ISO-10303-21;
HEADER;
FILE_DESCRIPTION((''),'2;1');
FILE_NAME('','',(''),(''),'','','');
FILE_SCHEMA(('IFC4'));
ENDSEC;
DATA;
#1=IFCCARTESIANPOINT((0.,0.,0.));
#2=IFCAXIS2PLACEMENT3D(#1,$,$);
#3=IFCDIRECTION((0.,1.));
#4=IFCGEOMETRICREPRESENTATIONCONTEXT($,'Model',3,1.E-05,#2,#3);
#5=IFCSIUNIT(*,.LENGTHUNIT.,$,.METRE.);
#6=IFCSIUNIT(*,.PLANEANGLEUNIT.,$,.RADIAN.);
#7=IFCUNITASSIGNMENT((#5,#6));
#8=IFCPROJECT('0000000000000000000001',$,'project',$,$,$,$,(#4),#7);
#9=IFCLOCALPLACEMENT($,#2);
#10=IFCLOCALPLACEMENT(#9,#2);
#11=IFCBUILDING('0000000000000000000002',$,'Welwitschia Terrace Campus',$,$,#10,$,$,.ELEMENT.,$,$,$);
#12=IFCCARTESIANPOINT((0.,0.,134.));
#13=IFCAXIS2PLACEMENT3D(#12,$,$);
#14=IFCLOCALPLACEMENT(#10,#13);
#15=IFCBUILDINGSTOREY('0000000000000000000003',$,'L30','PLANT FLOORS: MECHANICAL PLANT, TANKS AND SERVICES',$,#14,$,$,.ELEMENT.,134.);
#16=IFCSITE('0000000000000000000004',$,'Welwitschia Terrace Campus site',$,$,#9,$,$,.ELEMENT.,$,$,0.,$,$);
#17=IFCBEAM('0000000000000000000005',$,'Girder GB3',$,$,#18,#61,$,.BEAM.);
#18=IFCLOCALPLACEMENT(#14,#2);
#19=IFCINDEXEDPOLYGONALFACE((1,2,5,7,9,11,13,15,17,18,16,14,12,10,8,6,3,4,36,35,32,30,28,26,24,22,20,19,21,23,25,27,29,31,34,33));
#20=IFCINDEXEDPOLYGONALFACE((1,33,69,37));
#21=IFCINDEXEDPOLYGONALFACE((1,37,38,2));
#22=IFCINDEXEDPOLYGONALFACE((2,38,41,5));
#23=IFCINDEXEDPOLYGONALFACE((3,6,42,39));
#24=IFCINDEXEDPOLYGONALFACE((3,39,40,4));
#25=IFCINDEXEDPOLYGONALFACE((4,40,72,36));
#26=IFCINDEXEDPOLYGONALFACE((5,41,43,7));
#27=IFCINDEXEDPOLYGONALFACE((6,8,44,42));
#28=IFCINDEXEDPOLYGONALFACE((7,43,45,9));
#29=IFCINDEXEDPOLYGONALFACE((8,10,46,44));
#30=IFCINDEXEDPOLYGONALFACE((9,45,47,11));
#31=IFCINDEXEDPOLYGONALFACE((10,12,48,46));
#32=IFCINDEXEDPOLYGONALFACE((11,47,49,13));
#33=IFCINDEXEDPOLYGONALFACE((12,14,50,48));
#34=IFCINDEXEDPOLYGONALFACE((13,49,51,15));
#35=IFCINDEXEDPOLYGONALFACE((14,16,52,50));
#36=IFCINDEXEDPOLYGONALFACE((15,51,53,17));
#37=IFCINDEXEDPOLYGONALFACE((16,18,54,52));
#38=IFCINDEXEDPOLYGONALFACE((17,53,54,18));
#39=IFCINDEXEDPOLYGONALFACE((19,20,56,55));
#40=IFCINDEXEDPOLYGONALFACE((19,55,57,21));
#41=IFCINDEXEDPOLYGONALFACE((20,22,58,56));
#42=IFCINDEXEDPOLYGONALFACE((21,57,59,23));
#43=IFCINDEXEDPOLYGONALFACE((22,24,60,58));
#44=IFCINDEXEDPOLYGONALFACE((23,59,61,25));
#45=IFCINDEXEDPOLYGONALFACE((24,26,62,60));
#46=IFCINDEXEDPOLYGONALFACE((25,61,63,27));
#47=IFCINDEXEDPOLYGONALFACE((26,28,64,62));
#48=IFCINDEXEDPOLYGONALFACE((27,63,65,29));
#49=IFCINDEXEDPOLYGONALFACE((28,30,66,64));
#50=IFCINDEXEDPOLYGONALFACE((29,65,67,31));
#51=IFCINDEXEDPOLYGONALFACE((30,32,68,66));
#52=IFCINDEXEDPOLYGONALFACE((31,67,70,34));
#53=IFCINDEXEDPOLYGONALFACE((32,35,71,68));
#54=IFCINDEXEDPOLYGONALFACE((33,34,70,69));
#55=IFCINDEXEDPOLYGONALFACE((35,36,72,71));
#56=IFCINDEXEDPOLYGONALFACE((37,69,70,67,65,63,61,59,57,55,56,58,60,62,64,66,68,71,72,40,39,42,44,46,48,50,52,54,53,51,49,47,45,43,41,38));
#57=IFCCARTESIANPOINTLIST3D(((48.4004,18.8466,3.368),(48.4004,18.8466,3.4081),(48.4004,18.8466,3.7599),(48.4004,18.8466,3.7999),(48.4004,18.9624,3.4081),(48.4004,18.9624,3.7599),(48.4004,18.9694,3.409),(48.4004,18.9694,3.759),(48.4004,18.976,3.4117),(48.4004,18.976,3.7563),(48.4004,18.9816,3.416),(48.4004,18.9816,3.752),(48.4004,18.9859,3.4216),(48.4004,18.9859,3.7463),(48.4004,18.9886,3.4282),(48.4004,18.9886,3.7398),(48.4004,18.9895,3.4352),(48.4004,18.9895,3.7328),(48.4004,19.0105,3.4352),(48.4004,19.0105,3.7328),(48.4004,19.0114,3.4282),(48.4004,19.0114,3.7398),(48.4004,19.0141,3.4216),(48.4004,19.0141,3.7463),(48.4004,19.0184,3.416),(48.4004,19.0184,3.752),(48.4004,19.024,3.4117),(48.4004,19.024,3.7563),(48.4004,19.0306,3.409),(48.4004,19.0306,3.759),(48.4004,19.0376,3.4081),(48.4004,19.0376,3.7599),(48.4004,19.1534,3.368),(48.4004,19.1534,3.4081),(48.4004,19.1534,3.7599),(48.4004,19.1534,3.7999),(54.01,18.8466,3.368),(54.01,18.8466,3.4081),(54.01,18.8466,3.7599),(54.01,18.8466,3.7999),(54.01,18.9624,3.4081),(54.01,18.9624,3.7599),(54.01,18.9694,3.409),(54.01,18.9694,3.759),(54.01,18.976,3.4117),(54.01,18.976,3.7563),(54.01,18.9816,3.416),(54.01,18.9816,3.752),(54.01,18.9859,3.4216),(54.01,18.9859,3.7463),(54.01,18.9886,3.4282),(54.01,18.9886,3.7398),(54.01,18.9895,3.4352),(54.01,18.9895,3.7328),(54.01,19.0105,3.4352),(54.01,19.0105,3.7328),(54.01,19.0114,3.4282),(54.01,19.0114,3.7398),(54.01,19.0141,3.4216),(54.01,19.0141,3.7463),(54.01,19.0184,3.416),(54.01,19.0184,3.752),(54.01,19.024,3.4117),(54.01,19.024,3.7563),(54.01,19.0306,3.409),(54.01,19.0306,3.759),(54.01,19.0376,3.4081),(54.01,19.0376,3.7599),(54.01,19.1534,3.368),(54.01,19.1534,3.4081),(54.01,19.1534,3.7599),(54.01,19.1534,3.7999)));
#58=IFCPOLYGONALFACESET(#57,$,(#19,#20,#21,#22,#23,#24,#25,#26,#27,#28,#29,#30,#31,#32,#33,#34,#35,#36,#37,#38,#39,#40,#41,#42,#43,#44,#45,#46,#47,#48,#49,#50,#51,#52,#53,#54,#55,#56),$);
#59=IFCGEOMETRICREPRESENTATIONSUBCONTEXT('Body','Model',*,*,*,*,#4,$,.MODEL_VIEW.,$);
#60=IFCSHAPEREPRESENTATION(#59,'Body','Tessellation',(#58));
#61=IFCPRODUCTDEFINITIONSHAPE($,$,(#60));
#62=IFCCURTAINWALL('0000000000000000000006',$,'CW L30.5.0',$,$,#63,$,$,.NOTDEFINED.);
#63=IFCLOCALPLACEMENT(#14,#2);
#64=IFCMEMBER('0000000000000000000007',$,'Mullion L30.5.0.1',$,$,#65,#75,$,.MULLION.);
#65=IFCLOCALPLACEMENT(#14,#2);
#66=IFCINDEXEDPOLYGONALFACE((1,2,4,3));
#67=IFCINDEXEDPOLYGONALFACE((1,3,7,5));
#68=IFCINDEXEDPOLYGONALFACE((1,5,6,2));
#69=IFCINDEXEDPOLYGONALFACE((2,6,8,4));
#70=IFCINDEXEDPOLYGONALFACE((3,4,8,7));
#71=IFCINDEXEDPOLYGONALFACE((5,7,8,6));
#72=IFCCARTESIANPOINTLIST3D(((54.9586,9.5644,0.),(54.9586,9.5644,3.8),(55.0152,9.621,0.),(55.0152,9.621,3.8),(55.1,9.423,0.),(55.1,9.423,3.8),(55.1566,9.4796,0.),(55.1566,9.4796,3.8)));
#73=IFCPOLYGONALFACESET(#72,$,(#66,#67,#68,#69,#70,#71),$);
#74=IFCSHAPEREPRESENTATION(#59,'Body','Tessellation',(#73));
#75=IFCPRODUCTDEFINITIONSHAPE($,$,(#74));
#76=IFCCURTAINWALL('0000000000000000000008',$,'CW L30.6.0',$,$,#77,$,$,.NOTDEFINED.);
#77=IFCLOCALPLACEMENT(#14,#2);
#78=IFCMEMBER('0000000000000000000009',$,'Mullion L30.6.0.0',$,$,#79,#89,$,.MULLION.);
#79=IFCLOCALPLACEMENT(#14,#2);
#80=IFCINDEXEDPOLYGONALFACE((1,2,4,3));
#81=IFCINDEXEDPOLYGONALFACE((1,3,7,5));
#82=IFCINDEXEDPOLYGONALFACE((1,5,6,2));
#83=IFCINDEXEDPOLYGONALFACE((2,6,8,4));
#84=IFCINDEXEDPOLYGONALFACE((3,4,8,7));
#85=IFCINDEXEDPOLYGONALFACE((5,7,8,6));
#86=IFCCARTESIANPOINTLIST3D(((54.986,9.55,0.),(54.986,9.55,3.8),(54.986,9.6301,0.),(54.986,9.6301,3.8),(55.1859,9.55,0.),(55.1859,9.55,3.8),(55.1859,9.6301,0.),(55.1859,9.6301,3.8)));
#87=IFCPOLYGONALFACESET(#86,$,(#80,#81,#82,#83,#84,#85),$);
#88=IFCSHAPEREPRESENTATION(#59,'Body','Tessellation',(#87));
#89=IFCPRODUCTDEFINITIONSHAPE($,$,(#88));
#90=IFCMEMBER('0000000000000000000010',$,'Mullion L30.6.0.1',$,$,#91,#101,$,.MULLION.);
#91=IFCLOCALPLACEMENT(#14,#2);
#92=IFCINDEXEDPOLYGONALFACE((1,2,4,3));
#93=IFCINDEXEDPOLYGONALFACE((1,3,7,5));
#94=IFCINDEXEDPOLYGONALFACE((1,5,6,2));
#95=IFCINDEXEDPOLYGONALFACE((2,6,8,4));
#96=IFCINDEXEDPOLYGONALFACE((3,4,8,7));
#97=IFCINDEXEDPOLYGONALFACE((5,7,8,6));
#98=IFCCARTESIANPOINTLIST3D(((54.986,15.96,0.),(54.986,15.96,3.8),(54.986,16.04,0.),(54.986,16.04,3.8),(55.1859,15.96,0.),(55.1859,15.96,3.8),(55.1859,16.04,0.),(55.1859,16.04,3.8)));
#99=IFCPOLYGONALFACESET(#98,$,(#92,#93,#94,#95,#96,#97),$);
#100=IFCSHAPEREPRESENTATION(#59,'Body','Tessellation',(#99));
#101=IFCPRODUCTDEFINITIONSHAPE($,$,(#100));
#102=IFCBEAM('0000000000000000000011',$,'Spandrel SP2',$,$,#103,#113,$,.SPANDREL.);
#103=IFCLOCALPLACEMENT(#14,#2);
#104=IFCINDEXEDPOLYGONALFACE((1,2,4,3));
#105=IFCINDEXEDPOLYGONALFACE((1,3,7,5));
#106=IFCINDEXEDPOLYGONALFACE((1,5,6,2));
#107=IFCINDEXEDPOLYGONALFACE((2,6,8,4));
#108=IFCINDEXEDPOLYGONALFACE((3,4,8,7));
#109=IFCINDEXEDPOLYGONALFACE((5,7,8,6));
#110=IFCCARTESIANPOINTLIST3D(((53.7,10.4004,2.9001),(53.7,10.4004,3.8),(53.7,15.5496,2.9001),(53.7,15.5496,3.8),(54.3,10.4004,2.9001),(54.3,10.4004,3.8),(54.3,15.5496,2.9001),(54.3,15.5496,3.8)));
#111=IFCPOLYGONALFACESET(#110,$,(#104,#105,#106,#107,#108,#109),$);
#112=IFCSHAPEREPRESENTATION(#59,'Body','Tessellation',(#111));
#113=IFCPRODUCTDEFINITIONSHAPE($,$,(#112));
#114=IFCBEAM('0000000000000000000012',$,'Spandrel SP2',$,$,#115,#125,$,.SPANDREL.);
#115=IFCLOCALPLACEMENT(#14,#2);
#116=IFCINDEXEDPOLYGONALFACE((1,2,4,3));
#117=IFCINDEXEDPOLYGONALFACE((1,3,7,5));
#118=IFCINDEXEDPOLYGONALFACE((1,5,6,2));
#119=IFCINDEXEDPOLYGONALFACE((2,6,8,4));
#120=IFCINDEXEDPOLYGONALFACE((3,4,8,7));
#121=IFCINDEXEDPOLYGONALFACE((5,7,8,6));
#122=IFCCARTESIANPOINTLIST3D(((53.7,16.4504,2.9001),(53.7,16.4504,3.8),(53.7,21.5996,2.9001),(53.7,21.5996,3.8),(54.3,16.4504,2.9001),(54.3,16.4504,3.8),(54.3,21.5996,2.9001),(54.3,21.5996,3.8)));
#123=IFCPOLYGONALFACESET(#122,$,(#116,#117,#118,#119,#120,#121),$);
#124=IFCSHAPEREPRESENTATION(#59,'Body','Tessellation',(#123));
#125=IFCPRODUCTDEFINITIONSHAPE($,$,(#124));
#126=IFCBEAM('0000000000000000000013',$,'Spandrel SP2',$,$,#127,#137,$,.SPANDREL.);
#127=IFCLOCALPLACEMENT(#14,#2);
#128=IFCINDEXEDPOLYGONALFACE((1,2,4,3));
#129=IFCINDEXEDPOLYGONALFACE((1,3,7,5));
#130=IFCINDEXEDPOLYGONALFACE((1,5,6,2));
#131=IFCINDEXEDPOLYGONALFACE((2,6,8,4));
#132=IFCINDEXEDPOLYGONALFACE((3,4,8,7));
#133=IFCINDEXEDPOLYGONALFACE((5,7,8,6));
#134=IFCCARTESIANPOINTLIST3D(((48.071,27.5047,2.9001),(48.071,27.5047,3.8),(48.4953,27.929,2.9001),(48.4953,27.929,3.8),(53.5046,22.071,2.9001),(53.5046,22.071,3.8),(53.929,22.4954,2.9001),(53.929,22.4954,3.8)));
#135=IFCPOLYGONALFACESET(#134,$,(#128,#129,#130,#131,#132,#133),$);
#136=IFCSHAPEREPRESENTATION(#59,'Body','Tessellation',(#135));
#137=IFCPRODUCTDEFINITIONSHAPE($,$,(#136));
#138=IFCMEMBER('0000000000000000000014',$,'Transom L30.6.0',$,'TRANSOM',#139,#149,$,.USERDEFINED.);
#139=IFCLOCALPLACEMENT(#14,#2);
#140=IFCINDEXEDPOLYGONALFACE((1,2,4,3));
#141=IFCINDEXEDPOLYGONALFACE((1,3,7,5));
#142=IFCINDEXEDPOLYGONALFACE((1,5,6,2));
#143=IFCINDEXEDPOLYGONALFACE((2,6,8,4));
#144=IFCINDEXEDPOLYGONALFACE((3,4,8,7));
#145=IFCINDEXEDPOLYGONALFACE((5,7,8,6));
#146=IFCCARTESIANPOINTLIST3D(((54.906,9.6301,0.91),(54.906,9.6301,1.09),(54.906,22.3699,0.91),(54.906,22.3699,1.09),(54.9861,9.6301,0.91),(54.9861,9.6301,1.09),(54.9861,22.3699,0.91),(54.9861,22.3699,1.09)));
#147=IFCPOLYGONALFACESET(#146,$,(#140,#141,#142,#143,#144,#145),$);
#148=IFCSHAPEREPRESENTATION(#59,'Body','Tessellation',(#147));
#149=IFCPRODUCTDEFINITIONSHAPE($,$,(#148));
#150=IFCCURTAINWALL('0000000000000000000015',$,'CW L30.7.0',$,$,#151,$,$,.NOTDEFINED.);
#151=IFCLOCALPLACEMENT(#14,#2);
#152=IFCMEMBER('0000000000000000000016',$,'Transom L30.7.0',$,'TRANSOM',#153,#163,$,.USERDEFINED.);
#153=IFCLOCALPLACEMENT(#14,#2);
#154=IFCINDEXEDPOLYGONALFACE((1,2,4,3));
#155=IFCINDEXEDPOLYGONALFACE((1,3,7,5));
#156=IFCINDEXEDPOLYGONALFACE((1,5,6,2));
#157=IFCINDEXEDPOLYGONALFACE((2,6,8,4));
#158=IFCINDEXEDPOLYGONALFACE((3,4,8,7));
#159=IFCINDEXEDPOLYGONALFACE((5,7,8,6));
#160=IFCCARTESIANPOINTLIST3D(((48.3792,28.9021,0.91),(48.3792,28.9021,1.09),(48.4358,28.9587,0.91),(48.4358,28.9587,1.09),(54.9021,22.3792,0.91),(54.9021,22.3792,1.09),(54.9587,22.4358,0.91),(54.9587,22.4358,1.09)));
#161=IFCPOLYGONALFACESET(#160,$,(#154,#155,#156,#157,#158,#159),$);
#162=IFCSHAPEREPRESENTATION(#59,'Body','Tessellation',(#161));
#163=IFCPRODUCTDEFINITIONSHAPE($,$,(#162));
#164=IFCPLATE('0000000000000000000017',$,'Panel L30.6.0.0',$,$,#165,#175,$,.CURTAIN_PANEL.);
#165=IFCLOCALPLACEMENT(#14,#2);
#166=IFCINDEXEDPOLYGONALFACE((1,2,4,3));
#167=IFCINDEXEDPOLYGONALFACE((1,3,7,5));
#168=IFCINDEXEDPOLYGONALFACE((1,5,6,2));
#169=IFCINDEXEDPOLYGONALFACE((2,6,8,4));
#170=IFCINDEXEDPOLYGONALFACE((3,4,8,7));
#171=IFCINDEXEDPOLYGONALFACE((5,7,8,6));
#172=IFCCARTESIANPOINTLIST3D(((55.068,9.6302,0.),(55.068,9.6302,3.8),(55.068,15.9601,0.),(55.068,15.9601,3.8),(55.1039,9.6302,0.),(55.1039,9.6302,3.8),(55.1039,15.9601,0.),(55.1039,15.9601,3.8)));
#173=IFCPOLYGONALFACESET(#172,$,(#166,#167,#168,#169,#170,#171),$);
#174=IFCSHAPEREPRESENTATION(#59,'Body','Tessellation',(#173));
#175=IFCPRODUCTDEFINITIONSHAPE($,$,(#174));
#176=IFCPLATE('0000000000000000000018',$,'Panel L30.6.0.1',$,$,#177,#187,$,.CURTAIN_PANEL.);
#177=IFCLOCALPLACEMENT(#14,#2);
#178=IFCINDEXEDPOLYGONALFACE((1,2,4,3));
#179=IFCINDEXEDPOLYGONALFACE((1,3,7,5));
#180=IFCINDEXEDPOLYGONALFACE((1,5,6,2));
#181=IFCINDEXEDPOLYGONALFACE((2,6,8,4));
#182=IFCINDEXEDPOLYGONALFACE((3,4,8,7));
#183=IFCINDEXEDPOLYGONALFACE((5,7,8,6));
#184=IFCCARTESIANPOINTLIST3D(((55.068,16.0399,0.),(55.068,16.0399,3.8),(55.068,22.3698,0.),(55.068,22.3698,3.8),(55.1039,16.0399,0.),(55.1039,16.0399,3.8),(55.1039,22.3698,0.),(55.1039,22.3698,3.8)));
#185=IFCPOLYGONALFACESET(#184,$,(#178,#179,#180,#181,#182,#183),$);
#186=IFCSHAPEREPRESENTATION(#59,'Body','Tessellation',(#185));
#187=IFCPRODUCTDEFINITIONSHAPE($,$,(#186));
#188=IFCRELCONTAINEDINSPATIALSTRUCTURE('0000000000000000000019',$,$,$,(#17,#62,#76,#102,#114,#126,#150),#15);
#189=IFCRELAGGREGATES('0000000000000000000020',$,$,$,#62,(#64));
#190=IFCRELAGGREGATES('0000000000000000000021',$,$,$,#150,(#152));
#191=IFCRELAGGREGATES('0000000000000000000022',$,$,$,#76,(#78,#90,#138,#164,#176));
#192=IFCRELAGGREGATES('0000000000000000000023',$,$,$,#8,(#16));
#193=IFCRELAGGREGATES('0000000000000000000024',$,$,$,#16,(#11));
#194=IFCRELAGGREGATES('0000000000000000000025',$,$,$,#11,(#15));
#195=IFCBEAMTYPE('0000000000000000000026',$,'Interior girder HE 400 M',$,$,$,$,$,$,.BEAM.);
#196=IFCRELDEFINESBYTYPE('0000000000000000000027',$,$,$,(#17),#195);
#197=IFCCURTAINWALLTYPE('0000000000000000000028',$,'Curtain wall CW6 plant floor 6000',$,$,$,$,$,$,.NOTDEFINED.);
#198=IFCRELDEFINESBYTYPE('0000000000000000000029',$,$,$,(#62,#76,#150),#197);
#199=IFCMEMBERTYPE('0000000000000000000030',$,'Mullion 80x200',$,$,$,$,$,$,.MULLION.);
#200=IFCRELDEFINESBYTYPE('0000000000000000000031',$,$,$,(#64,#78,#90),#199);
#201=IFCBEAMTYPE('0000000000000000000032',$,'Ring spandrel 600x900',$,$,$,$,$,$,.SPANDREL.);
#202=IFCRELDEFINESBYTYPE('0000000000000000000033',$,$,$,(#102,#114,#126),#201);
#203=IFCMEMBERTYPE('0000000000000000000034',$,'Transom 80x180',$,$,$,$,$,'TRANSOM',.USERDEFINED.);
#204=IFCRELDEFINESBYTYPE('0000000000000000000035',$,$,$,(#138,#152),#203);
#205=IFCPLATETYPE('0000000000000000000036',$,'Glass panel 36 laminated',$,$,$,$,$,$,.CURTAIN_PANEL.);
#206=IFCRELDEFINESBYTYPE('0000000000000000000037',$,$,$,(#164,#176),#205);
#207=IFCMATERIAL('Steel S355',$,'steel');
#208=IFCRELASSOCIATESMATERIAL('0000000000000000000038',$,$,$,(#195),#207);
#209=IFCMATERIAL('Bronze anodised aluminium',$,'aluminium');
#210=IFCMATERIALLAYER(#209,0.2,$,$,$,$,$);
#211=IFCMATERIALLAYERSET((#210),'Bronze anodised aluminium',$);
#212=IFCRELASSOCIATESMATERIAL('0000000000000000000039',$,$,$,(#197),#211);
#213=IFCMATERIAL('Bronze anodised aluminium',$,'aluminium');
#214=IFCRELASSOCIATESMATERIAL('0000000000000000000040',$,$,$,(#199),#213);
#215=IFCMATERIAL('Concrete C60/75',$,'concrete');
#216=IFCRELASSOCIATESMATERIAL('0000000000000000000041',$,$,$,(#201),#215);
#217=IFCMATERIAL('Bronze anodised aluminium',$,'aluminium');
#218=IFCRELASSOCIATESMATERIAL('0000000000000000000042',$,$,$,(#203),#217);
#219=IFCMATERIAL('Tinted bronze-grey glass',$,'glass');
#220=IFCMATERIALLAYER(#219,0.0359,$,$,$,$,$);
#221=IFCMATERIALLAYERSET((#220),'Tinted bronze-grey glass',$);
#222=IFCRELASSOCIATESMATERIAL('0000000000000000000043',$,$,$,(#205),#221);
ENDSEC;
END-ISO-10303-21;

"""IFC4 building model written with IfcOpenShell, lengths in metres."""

from ifc_helpers import new_model, si_unit, direction, frame, origin, origin_2d, place, context, subcontext, project, spatial, rectangle, i_section, extrude, material, layer, layer_set, material_profile, profile_set, type_object, element, aggregate, save


model = new_model("IFC4")

# Units and contexts
model_context = context("Model", 3, precision=1e-05, world=origin(), true_north=direction((0.0, 1.0)))
body_context = subcontext(model_context, "Body", "Model", "MODEL_VIEW")
ifc_project = project(units=[si_unit("LENGTHUNIT", "METRE"), si_unit("PLANEANGLEUNIT", "RADIAN")], contexts=[model_context])

# Site, building, storey
site_placement = place(None, origin())
site = spatial("IfcSite", under=ifc_project, at=site_placement, Name="Welwitschia Terrace Campus site", CompositionType="ELEMENT", RefElevation=0.0)
building_placement = place(site_placement, origin())
building = spatial("IfcBuilding", under=site, at=building_placement, Name="Welwitschia Terrace Campus", CompositionType="ELEMENT")
storey_placement = place(building_placement, frame((0.0, 0.0, 134.0)))
storey = spatial("IfcBuildingStorey", under=building, at=storey_placement, Name="L30", Description="PLANT FLOORS: MECHANICAL PLANT, TANKS AND SERVICES", CompositionType="ELEMENT", Elevation=134.0)

# Beam
ifc_material_1 = material(Name="Steel S355", Category="steel")
ifc_material_profile_1 = material_profile(ifc_material_1, i_section(OverallWidth=0.3069, OverallDepth=0.4319, WebThickness=0.021, FlangeThickness=0.04, FilletRadius=0.0271, at=origin_2d()))
ifc_profile_set_1 = profile_set([ifc_material_profile_1], Name="Steel S355")
beam_type_1 = type_object("IfcBeamType", Name="Interior girder HE 400 M", PredefinedType="BEAM", material=ifc_profile_set_1)
for number, where, z_axis, x_axis, name in (
    (1, (48.4004, 19.0, 3.584), (1.0, 0.0, 0.0), (0.0, 1.0, 0.0), "Girder GB3"),
):
    element("IfcBeam", number, at=place(storey_placement, frame(where, z_axis=z_axis, x_axis=x_axis)), inside=storey, type_object=beam_type_1, Name=name, PredefinedType="BEAM", context=body_context, shape_type="SweptSolid", body=[
        extrude(i_section(OverallWidth=0.3069, OverallDepth=0.4319, WebThickness=0.021, FlangeThickness=0.04, FilletRadius=0.0271, at=origin_2d()), origin(), (0.0, 0.0, 1.0), 5.6096),
    ])

# Curtain wall, member
ifc_material_2 = material(Name="Bronze anodised aluminium", Category="aluminium")
ifc_layer_1 = layer(ifc_material_2, 0.2)
ifc_layer_set_1 = layer_set([ifc_layer_1], Name="Bronze anodised aluminium")
curtain_wall_type = type_object("IfcCurtainWallType", Name="Curtain wall CW6 plant floor 6000", PredefinedType="NOTDEFINED", material=ifc_layer_set_1)
curtain_wall_1_placement = place(storey_placement, origin())
curtain_wall_1 = element("IfcCurtainWall", 2, at=curtain_wall_1_placement, inside=storey, type_object=curtain_wall_type, Name="CW L30.5.0", PredefinedType="NOTDEFINED")
ifc_material_3 = material(Name="Bronze anodised aluminium", Category="aluminium")
ifc_material_profile_2 = material_profile(ifc_material_3, rectangle(XDim=0.2, YDim=0.0801, at=origin_2d()))
ifc_profile_set_2 = profile_set([ifc_material_profile_2], Name="Bronze anodised aluminium")
member_type_1 = type_object("IfcMemberType", Name="Mullion 80x200", PredefinedType="MULLION", material=ifc_profile_set_2)
member_1_placement = place(storey_placement, frame((55.0576, 9.522, 0.0), z_axis=(0.0, 0.0, 1.0), x_axis=(-0.707107, 0.707107, 0.0)))
member_1 = element("IfcMember", 3, at=member_1_placement, type_object=member_type_1, Name="Mullion L30.5.0.1", PredefinedType="MULLION", context=body_context, shape_type="SweptSolid", body=[
    extrude(rectangle(XDim=0.2, YDim=0.0801, at=origin_2d()), origin(), (0.0, 0.0, 1.0), 3.8),
])
aggregate(curtain_wall_1, [member_1])

# Curtain wall, members
curtain_wall_2_placement = place(storey_placement, origin())
curtain_wall_2 = element("IfcCurtainWall", 4, at=curtain_wall_2_placement, inside=storey, type_object=curtain_wall_type, Name="CW L30.6.0", PredefinedType="NOTDEFINED")
member_2_placement = place(storey_placement, frame((55.0859, 9.5901, 0.0), z_axis=(0.0, 0.0, 1.0), x_axis=(-1.0, 0.0, 0.0)))
member_2 = element("IfcMember", 5, at=member_2_placement, type_object=member_type_1, Name="Mullion L30.6.0.0", PredefinedType="MULLION", context=body_context, shape_type="SweptSolid", body=[
    extrude(rectangle(XDim=0.2, YDim=0.0801, at=origin_2d()), origin(), (0.0, 0.0, 1.0), 3.8),
])
member_3_placement = place(storey_placement, frame((55.0859, 16.0, 0.0), z_axis=(0.0, 0.0, 1.0), x_axis=(-1.0, 0.0, 0.0)))
member_3 = element("IfcMember", 6, at=member_3_placement, type_object=member_type_1, Name="Mullion L30.6.0.1", PredefinedType="MULLION", context=body_context, shape_type="SweptSolid", body=[
    extrude(rectangle(XDim=0.2, YDim=0.0801, at=origin_2d()), origin(), (0.0, 0.0, 1.0), 3.8),
])

# Beams
ifc_material_4 = material(Name="Concrete C60/75", Category="concrete")
ifc_material_profile_3 = material_profile(ifc_material_4, rectangle(XDim=0.6001, YDim=0.8999, at=origin_2d()))
ifc_profile_set_3 = profile_set([ifc_material_profile_3], Name="Concrete C60/75")
beam_type_2 = type_object("IfcBeamType", Name="Ring spandrel 600x900", PredefinedType="SPANDREL", material=ifc_profile_set_3)
for number, where, z_axis, x_axis, name in (
    (7, (54.0, 10.4004, 3.3501), (0.0, 1.0, 0.0), (-1.0, 0.0, 0.0), "Spandrel SP2"),
    (8, (54.0, 16.4504, 3.3501), (0.0, 1.0, 0.0), (-1.0, 0.0, 0.0), "Spandrel SP2"),
):
    element("IfcBeam", number, at=place(storey_placement, frame(where, z_axis=z_axis, x_axis=x_axis)), inside=storey, type_object=beam_type_2, Name=name, PredefinedType="SPANDREL", context=body_context, shape_type="SweptSolid", body=[
        extrude(rectangle(XDim=0.6001, YDim=0.8999, at=origin_2d()), origin(), (0.0, 0.0, 1.0), 5.1492),
    ])
beam_placement = place(storey_placement, frame((53.7168, 22.2832, 3.3501), z_axis=(-0.707107, 0.707107, 0.0), x_axis=(-0.707107, -0.707107, 0.0)))
element("IfcBeam", 9, at=beam_placement, inside=storey, type_object=beam_type_2, Name="Spandrel SP2", PredefinedType="SPANDREL", context=body_context, shape_type="SweptSolid", body=[
    extrude(rectangle(XDim=0.6001, YDim=0.8999, at=origin_2d()), origin(), (0.0, 0.0, 1.0), 7.6843),
])

# Member
ifc_material_5 = material(Name="Bronze anodised aluminium", Category="aluminium")
ifc_material_profile_4 = material_profile(ifc_material_5, rectangle(XDim=0.0801, YDim=0.1799, at=origin_2d()))
ifc_profile_set_4 = profile_set([ifc_material_profile_4], Name="Bronze anodised aluminium")
member_type_2 = type_object("IfcMemberType", Name="Transom 80x180", ElementType="TRANSOM", PredefinedType="USERDEFINED", material=ifc_profile_set_4)
member_4_placement = place(storey_placement, frame((54.946, 9.6301, 1.0), z_axis=(0.0, 1.0, 0.0), x_axis=(-1.0, 0.0, 0.0)))
member_4 = element("IfcMember", 10, at=member_4_placement, type_object=member_type_2, Name="Transom L30.6.0", ObjectType="TRANSOM", PredefinedType="USERDEFINED", context=body_context, shape_type="SweptSolid", body=[
    extrude(rectangle(XDim=0.0801, YDim=0.1799, at=origin_2d()), origin(), (0.0, 0.0, 1.0), 12.7397),
])

# Curtain wall, member
curtain_wall_3_placement = place(storey_placement, origin())
curtain_wall_3 = element("IfcCurtainWall", 11, at=curtain_wall_3_placement, inside=storey, type_object=curtain_wall_type, Name="CW L30.7.0", PredefinedType="NOTDEFINED")
member_5_placement = place(storey_placement, frame((54.9304, 22.4075, 1.0), z_axis=(-0.707107, 0.707107, 0.0), x_axis=(-0.707107, -0.707107, 0.0)))
member_5 = element("IfcMember", 12, at=member_5_placement, type_object=member_type_2, Name="Transom L30.7.0", ObjectType="TRANSOM", PredefinedType="USERDEFINED", context=body_context, shape_type="SweptSolid", body=[
    extrude(rectangle(XDim=0.0801, YDim=0.1799, at=origin_2d()), origin(), (0.0, 0.0, 1.0), 9.2249),
])
aggregate(curtain_wall_3, [member_5])

# Plates
ifc_material_6 = material(Name="Tinted bronze-grey glass", Category="glass")
ifc_layer_2 = layer(ifc_material_6, 0.0359)
ifc_layer_set_2 = layer_set([ifc_layer_2], Name="Tinted bronze-grey glass")
plate_type = type_object("IfcPlateType", Name="Glass panel 36 laminated", PredefinedType="CURTAIN_PANEL", material=ifc_layer_set_2)
plate_1_placement = place(storey_placement, frame((55.0859, 12.7952, 0.0), z_axis=(0.0, 0.0, 1.0), x_axis=(0.0, 1.0, 0.0)))
plate_1 = element("IfcPlate", 13, at=plate_1_placement, type_object=plate_type, Name="Panel L30.6.0.0", PredefinedType="CURTAIN_PANEL", context=body_context, shape_type="SweptSolid", body=[
    extrude(rectangle(XDim=6.3298, YDim=0.0359, at=origin_2d()), origin(), (0.0, 0.0, 1.0), 3.8),
])
plate_2_placement = place(storey_placement, frame((55.0859, 19.2048, 0.0), z_axis=(0.0, 0.0, 1.0), x_axis=(0.0, 1.0, 0.0)))
plate_2 = element("IfcPlate", 14, at=plate_2_placement, type_object=plate_type, Name="Panel L30.6.0.1", PredefinedType="CURTAIN_PANEL", context=body_context, shape_type="SweptSolid", body=[
    extrude(rectangle(XDim=6.3298, YDim=0.0359, at=origin_2d()), origin(), (0.0, 0.0, 1.0), 3.8),
])
aggregate(curtain_wall_2, [member_2, member_3, member_4, plate_1, plate_2])

save(model, "model.ifc")
